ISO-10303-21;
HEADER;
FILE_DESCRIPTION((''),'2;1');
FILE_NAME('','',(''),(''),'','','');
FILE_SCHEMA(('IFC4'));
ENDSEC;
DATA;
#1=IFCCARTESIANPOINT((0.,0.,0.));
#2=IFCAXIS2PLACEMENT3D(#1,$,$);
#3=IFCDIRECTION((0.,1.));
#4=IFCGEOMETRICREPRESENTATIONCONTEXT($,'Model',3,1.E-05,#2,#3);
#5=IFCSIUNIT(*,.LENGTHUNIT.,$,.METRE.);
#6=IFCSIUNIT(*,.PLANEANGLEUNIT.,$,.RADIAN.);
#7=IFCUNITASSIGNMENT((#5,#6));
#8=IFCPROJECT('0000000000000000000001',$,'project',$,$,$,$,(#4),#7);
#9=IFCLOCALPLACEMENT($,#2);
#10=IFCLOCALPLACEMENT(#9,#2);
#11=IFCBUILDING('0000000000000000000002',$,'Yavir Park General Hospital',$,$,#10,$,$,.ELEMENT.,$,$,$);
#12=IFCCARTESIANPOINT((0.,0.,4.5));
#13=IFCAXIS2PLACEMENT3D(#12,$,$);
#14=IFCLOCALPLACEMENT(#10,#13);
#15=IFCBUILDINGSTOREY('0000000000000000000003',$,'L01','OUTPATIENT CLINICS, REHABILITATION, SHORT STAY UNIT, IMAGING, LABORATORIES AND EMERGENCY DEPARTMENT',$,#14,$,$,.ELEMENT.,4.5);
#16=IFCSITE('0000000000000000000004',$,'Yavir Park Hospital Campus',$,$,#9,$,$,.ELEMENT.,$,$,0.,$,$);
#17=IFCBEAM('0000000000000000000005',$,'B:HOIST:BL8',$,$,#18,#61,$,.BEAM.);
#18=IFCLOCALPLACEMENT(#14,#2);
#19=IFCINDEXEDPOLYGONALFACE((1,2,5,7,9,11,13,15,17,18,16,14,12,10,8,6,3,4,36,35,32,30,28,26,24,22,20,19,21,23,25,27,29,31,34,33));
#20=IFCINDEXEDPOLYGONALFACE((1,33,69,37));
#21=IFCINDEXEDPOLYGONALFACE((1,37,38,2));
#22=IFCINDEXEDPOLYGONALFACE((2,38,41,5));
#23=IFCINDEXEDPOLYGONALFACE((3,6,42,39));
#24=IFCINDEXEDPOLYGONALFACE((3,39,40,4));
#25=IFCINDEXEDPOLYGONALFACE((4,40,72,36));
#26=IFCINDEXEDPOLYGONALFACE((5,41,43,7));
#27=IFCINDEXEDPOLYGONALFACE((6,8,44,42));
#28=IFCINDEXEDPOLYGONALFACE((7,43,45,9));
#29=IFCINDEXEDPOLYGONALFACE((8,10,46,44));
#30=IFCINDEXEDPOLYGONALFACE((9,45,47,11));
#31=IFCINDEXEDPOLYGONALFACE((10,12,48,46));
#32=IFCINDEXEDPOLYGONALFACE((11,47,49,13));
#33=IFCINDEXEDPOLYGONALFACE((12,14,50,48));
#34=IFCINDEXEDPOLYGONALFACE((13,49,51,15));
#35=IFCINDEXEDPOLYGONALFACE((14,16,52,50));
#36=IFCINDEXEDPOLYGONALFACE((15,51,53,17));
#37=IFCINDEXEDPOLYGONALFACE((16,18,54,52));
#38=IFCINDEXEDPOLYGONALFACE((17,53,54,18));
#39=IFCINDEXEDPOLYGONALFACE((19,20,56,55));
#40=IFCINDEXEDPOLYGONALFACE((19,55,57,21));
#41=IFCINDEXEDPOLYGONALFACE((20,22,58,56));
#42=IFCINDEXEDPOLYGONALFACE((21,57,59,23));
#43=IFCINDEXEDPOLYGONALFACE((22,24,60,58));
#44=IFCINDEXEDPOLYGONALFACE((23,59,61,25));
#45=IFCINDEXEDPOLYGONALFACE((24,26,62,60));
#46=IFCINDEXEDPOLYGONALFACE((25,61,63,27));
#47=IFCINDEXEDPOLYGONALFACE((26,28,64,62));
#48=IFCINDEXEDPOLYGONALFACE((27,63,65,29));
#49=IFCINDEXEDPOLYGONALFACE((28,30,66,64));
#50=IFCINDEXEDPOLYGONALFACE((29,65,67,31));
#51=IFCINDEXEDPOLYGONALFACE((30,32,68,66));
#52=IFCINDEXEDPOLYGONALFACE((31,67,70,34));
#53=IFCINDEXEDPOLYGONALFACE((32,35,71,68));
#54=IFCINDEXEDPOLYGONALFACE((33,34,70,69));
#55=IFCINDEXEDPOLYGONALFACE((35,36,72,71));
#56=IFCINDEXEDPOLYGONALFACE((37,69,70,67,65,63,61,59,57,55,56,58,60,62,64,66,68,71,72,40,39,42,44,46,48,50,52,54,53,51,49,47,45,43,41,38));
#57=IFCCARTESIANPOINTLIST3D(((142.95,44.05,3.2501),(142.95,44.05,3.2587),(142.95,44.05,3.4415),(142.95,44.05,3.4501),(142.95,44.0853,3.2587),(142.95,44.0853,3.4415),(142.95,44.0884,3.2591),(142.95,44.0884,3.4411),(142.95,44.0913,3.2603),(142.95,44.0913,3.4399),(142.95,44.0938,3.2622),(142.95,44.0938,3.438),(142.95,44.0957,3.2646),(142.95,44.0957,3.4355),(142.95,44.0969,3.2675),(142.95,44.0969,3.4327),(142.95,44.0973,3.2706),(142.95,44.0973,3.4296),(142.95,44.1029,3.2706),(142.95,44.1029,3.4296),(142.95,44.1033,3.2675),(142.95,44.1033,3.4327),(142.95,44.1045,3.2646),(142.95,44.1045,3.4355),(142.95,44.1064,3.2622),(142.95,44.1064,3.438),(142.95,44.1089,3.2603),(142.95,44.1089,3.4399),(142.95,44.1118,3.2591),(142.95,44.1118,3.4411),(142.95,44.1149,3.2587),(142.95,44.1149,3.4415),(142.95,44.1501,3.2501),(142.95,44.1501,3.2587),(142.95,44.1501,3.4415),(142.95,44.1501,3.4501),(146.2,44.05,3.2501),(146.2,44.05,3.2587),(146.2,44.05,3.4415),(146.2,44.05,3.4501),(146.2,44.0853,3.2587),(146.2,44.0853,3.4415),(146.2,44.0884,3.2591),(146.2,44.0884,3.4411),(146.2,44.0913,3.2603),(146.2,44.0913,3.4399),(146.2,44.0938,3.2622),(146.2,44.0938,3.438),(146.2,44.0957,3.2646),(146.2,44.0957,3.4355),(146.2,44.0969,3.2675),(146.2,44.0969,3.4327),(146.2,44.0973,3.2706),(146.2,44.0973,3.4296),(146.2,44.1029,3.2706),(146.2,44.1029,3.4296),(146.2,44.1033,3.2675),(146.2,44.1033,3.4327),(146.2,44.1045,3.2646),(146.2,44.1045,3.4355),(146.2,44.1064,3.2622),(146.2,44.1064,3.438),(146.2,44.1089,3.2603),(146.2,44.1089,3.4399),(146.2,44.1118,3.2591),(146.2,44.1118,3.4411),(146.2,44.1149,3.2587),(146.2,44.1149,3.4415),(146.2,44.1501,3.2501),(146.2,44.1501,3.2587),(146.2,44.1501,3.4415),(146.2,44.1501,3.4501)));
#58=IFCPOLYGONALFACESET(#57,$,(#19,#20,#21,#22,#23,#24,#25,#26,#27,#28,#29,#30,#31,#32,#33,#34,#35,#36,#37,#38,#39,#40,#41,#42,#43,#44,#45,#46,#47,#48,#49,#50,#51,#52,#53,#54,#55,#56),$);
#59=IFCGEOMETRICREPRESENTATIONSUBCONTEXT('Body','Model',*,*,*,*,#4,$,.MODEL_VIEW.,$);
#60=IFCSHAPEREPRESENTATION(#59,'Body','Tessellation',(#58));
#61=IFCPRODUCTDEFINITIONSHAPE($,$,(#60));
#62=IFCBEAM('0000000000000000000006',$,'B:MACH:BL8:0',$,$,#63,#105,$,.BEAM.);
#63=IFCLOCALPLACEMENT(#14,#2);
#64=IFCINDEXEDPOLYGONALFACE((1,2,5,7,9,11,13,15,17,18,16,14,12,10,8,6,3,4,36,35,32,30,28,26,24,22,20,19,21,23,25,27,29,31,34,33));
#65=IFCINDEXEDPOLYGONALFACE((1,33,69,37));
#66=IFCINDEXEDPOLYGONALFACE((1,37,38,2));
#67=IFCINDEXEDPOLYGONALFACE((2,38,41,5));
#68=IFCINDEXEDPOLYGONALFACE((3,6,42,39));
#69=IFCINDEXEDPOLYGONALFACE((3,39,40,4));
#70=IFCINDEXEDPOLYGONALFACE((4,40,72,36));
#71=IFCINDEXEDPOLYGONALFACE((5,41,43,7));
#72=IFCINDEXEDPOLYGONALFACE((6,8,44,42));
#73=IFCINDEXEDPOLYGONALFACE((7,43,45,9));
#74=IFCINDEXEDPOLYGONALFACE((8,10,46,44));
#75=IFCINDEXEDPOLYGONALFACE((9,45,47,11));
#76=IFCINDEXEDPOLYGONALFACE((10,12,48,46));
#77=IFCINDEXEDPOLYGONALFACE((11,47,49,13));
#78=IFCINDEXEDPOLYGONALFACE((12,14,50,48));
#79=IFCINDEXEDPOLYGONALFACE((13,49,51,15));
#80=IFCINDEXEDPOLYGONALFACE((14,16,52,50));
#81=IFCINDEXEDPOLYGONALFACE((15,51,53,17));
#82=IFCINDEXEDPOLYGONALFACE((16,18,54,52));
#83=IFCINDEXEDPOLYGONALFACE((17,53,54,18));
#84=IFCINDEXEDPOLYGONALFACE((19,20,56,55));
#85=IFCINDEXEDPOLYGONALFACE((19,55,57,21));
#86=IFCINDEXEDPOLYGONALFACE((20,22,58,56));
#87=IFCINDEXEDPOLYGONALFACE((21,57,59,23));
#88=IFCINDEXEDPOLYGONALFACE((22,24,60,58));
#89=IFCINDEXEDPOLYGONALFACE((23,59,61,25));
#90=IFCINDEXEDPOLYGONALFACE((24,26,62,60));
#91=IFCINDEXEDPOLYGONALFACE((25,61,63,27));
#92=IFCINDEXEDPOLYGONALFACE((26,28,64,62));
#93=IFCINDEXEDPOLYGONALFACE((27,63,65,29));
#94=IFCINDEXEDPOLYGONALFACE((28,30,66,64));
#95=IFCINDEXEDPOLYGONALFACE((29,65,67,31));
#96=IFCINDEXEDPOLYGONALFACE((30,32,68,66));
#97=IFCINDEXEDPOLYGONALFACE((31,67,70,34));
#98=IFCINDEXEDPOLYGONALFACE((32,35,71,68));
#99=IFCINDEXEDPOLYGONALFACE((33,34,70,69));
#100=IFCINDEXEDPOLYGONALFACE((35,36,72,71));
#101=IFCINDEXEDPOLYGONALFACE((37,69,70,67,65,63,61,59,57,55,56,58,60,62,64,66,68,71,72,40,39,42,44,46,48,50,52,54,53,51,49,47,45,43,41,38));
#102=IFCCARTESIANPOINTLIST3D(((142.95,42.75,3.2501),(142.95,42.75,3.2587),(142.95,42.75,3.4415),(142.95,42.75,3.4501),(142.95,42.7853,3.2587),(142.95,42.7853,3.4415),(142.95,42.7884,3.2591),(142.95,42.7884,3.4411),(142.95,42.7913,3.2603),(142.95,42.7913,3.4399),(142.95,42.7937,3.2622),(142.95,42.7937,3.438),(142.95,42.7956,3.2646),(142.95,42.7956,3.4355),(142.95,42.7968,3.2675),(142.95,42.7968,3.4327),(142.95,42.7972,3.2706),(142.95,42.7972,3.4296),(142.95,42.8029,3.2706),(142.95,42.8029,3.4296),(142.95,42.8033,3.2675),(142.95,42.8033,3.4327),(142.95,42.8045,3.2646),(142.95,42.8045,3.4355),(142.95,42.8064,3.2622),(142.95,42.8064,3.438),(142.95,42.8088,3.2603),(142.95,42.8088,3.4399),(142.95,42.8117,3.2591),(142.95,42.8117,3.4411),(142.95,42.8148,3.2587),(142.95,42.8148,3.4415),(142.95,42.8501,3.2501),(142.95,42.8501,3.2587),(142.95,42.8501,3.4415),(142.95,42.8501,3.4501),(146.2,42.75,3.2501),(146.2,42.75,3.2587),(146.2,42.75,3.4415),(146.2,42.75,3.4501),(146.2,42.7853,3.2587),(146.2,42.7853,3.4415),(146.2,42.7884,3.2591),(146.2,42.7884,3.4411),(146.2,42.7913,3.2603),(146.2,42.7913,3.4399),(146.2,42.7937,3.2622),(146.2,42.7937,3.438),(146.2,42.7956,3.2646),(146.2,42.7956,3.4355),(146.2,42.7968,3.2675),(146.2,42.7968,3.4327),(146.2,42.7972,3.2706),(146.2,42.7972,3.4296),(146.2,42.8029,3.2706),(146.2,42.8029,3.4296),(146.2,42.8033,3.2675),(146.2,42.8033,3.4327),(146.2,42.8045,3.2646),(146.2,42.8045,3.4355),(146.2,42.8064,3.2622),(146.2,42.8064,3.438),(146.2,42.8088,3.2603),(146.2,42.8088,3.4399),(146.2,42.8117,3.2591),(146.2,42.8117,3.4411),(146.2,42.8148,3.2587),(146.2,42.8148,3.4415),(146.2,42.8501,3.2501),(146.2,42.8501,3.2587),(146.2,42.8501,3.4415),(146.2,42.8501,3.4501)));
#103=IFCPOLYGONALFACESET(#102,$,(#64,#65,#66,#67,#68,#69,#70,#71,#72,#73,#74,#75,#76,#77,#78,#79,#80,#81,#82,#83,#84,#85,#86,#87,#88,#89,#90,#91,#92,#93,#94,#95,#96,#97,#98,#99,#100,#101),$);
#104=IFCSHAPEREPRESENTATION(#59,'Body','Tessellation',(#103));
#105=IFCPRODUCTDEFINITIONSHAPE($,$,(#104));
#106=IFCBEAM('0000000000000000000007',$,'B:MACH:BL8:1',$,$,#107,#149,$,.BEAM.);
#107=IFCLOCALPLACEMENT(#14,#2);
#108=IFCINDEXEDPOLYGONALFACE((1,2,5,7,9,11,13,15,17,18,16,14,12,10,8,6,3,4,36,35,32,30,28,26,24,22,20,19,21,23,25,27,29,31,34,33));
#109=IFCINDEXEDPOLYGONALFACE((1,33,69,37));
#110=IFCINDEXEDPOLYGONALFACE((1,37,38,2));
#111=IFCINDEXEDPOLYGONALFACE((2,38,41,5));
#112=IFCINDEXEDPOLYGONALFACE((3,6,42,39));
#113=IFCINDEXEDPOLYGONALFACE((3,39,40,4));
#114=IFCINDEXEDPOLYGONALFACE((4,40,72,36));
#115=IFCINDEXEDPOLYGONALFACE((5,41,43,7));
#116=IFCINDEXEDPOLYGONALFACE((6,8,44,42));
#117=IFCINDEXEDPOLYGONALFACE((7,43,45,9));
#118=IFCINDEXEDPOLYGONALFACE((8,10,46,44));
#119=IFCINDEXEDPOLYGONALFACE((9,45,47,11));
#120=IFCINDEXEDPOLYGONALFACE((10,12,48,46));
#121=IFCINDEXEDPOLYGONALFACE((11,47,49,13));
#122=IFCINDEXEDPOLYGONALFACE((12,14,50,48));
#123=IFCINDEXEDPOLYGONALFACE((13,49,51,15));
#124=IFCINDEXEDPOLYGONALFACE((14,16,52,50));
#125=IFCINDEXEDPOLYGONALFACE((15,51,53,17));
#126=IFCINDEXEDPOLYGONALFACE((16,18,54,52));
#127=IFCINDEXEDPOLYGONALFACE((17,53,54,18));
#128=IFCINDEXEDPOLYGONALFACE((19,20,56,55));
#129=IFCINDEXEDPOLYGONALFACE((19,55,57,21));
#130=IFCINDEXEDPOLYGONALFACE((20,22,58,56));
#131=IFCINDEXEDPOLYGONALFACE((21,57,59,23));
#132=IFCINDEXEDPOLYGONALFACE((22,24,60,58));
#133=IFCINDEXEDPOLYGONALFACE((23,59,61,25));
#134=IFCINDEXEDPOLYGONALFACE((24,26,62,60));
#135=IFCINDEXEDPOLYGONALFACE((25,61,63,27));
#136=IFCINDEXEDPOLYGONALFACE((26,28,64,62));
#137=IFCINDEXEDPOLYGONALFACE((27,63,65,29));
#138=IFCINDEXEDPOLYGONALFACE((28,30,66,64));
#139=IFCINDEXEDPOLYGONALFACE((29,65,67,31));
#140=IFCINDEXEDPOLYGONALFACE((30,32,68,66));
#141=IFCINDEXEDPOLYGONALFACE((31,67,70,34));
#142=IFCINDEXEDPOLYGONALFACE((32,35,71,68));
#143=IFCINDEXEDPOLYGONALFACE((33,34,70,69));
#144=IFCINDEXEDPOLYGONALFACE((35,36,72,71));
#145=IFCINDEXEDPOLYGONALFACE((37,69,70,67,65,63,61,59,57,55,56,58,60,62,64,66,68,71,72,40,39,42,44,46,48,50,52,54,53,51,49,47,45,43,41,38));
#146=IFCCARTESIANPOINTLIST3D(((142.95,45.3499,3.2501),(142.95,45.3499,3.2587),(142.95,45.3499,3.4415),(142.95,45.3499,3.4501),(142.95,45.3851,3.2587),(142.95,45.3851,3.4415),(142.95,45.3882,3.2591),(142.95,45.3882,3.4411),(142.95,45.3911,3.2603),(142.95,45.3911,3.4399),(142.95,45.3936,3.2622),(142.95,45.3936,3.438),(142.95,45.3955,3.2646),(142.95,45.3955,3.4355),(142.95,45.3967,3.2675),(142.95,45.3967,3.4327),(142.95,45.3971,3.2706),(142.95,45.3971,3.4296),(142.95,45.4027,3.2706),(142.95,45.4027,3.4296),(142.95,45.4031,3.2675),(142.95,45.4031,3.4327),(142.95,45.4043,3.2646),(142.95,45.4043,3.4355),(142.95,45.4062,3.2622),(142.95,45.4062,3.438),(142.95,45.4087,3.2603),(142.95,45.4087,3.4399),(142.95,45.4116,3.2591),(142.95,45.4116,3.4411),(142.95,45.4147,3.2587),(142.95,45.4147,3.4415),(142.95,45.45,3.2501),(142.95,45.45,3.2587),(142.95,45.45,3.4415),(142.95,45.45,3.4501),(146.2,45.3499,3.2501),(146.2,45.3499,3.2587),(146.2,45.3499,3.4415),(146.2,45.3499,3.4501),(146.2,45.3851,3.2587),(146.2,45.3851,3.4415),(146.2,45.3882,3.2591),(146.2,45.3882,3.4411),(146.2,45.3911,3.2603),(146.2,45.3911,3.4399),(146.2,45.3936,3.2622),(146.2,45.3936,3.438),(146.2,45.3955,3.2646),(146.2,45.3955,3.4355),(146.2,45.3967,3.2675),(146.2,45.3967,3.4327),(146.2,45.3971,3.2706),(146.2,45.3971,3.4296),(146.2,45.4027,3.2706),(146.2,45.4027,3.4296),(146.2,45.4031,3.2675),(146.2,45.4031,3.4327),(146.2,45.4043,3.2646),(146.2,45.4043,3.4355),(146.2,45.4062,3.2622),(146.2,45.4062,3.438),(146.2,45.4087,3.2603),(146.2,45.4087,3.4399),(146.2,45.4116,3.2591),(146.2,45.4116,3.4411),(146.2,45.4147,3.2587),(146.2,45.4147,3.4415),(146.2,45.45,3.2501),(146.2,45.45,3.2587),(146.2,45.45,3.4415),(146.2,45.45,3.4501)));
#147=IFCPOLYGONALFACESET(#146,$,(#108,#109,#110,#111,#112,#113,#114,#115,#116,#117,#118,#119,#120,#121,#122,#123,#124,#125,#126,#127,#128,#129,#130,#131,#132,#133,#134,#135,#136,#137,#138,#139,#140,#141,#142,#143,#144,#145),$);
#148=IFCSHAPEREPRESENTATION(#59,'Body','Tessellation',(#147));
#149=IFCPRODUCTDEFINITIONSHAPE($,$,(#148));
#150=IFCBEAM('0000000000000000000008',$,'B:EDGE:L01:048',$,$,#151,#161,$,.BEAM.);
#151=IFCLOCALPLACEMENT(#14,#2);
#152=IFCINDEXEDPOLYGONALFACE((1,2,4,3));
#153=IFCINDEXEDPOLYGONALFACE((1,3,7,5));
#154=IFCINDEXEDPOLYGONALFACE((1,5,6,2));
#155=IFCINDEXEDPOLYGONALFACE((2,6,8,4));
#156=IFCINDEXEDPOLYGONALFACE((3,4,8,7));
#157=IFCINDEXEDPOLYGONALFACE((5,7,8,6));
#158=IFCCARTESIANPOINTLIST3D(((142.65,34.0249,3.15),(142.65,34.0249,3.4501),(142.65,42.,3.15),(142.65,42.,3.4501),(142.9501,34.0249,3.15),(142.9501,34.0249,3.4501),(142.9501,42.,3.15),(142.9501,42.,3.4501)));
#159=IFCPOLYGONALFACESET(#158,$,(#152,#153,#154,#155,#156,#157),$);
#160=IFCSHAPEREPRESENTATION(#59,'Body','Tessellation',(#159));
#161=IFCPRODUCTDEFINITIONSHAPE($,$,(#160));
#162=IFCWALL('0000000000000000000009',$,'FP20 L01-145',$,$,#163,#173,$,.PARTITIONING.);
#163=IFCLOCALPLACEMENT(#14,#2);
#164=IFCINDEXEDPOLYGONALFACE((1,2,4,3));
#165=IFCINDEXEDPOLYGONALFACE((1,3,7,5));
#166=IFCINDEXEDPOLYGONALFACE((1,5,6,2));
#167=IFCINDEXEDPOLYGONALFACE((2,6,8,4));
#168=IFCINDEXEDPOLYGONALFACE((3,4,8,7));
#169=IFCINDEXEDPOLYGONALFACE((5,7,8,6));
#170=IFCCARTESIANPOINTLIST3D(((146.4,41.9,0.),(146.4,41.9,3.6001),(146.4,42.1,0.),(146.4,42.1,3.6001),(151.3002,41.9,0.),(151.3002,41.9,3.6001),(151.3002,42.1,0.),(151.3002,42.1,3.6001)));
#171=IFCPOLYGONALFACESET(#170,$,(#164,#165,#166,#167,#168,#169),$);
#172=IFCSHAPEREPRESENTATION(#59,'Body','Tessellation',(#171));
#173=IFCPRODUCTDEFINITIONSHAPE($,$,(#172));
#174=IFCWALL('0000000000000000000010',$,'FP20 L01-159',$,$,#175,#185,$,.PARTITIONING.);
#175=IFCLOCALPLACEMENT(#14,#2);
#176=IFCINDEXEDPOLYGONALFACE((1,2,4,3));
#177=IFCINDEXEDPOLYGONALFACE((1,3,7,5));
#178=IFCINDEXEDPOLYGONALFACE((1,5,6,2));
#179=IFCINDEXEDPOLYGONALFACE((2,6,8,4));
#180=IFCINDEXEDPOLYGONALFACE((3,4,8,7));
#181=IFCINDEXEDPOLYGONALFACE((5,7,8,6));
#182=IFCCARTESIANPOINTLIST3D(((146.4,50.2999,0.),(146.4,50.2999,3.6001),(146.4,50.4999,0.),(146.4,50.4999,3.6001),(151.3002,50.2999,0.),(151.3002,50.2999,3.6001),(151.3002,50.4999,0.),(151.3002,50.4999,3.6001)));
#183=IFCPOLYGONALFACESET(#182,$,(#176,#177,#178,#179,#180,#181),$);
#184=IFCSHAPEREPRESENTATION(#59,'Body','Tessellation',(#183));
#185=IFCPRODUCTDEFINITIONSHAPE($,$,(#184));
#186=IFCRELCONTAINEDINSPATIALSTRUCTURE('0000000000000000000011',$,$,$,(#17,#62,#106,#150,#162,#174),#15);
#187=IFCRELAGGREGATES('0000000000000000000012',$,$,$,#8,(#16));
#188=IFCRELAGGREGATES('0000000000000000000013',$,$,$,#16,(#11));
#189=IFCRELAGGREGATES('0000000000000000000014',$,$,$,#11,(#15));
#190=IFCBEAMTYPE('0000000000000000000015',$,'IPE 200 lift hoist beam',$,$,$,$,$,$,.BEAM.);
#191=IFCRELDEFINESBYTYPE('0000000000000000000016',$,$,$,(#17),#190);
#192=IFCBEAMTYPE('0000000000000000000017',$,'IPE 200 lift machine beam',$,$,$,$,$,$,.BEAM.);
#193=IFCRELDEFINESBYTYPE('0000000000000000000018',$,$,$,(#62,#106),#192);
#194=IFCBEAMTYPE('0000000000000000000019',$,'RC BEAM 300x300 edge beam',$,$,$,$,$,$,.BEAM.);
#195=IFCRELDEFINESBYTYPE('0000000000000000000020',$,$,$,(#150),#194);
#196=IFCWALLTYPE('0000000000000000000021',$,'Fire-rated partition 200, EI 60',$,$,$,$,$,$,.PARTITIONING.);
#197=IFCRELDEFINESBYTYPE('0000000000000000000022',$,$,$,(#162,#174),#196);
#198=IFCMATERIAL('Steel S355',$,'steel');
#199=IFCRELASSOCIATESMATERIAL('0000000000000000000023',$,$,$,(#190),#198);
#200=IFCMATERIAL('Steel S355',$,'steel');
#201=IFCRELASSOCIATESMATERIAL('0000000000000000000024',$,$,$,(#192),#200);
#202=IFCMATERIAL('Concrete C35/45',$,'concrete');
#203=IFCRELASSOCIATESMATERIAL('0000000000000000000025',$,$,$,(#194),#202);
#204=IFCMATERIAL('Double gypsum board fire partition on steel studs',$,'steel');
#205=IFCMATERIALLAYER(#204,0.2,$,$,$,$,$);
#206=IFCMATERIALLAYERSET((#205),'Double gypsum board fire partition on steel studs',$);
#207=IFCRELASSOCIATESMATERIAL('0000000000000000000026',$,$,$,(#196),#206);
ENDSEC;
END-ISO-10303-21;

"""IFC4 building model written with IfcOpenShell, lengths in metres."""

from ifc_helpers import new_model, si_unit, direction, frame, frame_2d, origin, origin_2d, place, context, subcontext, project, spatial, rectangle, i_section, extrude, material, layer, layer_set, material_profile, profile_set, type_object, element, save


model = new_model("IFC4")

# Units and contexts
model_context = context("Model", 3, precision=1e-05, world=origin(), true_north=direction((0.0, 1.0)))
body_context = subcontext(model_context, "Body", "Model", "MODEL_VIEW")
ifc_project = project(units=[si_unit("LENGTHUNIT", "METRE"), si_unit("PLANEANGLEUNIT", "RADIAN")], contexts=[model_context])

# Site, building, storey
site_placement = place(None, origin())
site = spatial("IfcSite", under=ifc_project, at=site_placement, Name="Yavir Park Hospital Campus", CompositionType="ELEMENT", RefElevation=0.0)
building_placement = place(site_placement, origin())
building = spatial("IfcBuilding", under=site, at=building_placement, Name="Yavir Park General Hospital", CompositionType="ELEMENT")
storey_placement = place(building_placement, frame((0.0, 0.0, 4.5)))
storey = spatial("IfcBuildingStorey", under=building, at=storey_placement, Name="L01", Description="OUTPATIENT CLINICS, REHABILITATION, SHORT STAY UNIT, IMAGING, LABORATORIES AND EMERGENCY DEPARTMENT", CompositionType="ELEMENT", Elevation=4.5)

# Beams
ifc_material_1 = material(Name="Steel S355", Category="steel")
ifc_material_profile_1 = material_profile(ifc_material_1, i_section(OverallWidth=0.1001, OverallDepth=0.2, WebThickness=0.0056, FlangeThickness=0.0085, FilletRadius=0.012, at=origin_2d()), Name="IPE200")
ifc_profile_set_1 = profile_set([ifc_material_profile_1], Name="Steel S355")
beam_type_1 = type_object("IfcBeamType", Name="IPE 200 lift hoist beam", PredefinedType="BEAM", material=ifc_profile_set_1)
beam_1_placement = place(storey_placement, frame((142.95, 44.1001, 3.3501), z_axis=(1.0, 0.0, 0.0), x_axis=(0.0, 1.0, 0.0)))
element("IfcBeam", 1, at=beam_1_placement, inside=storey, type_object=beam_type_1, Name="B:HOIST:BL8", PredefinedType="BEAM", context=body_context, shape_type="SweptSolid", body=[
    extrude(i_section(OverallWidth=0.1001, OverallDepth=0.2, WebThickness=0.0056, FlangeThickness=0.0085, FilletRadius=0.012, at=origin_2d()), origin(), (0.0, 0.0, 1.0), 3.25),
])
ifc_material_2 = material(Name="Steel S355", Category="steel")
ifc_material_profile_2 = material_profile(ifc_material_2, i_section(OverallWidth=0.1001, OverallDepth=0.2, WebThickness=0.0056, FlangeThickness=0.0085, FilletRadius=0.012, at=origin_2d()), Name="IPE200")
ifc_profile_set_2 = profile_set([ifc_material_profile_2], Name="Steel S355")
beam_type_2 = type_object("IfcBeamType", Name="IPE 200 lift machine beam", PredefinedType="BEAM", material=ifc_profile_set_2)
for number, where, z_axis, x_axis, name in (
    (2, (142.95, 42.8, 3.3501), (1.0, 0.0, 0.0), (0.0, 1.0, 0.0), "B:MACH:BL8:0"),
    (3, (142.95, 45.3999, 3.3501), (1.0, 0.0, 0.0), (0.0, 1.0, 0.0), "B:MACH:BL8:1"),
):
    element("IfcBeam", number, at=place(storey_placement, frame(where, z_axis=z_axis, x_axis=x_axis)), inside=storey, type_object=beam_type_2, Name=name, PredefinedType="BEAM", context=body_context, shape_type="SweptSolid", body=[
        extrude(i_section(OverallWidth=0.1001, OverallDepth=0.2, WebThickness=0.0056, FlangeThickness=0.0085, FilletRadius=0.012, at=origin_2d()), origin(), (0.0, 0.0, 1.0), 3.25),
    ])
ifc_material_3 = material(Name="Concrete C35/45", Category="concrete")
ifc_material_profile_3 = material_profile(ifc_material_3, rectangle(XDim=0.3, YDim=0.3, at=origin_2d()), Name="RC300x300")
ifc_profile_set_3 = profile_set([ifc_material_profile_3], Name="Concrete C35/45")
beam_type_3 = type_object("IfcBeamType", Name="RC BEAM 300x300 edge beam", PredefinedType="BEAM", material=ifc_profile_set_3)
beam_2_placement = place(storey_placement, frame((142.8, 34.0249, 3.3), z_axis=(0.0, 1.0, 0.0), x_axis=(-1.0, 0.0, 0.0)))
element("IfcBeam", 4, at=beam_2_placement, inside=storey, type_object=beam_type_3, Name="B:EDGE:L01:048", PredefinedType="BEAM", context=body_context, shape_type="SweptSolid", body=[
    extrude(rectangle(XDim=0.3, YDim=0.3, at=origin_2d()), origin(), (0.0, 0.0, 1.0), 7.9751),
])

# Walls
ifc_material_4 = material(Name="Double gypsum board fire partition on steel studs", Category="steel")
ifc_layer_1 = layer(ifc_material_4, 0.2)
ifc_layer_set_1 = layer_set([ifc_layer_1], Name="Double gypsum board fire partition on steel studs")
wall_type_1 = type_object("IfcWallType", Name="Fire-rated partition 200, EI 60", PredefinedType="PARTITIONING", material=ifc_layer_set_1)
for number, where, z_axis, x_axis, name in (
    (5, (146.3999, 42.0, 0.0), (0.0, 0.0, 1.0), (1.0, 0.0, 0.0), "FP20 L01-145"),
    (6, (146.3999, 50.3999, 0.0), (0.0, 0.0, 1.0), (1.0, 0.0, 0.0), "FP20 L01-159"),
):
    element("IfcWall", number, at=place(storey_placement, frame(where, z_axis=z_axis, x_axis=x_axis)), inside=storey, type_object=wall_type_1, Name=name, PredefinedType="PARTITIONING", context=body_context, shape_type="SweptSolid", body=[
        extrude(rectangle(XDim=4.9001, YDim=0.2, at=frame_2d((2.4502, 0.0))), origin(), (0.0, 0.0, 1.0), 3.6001),
    ])

save(model, "model.ifc")
